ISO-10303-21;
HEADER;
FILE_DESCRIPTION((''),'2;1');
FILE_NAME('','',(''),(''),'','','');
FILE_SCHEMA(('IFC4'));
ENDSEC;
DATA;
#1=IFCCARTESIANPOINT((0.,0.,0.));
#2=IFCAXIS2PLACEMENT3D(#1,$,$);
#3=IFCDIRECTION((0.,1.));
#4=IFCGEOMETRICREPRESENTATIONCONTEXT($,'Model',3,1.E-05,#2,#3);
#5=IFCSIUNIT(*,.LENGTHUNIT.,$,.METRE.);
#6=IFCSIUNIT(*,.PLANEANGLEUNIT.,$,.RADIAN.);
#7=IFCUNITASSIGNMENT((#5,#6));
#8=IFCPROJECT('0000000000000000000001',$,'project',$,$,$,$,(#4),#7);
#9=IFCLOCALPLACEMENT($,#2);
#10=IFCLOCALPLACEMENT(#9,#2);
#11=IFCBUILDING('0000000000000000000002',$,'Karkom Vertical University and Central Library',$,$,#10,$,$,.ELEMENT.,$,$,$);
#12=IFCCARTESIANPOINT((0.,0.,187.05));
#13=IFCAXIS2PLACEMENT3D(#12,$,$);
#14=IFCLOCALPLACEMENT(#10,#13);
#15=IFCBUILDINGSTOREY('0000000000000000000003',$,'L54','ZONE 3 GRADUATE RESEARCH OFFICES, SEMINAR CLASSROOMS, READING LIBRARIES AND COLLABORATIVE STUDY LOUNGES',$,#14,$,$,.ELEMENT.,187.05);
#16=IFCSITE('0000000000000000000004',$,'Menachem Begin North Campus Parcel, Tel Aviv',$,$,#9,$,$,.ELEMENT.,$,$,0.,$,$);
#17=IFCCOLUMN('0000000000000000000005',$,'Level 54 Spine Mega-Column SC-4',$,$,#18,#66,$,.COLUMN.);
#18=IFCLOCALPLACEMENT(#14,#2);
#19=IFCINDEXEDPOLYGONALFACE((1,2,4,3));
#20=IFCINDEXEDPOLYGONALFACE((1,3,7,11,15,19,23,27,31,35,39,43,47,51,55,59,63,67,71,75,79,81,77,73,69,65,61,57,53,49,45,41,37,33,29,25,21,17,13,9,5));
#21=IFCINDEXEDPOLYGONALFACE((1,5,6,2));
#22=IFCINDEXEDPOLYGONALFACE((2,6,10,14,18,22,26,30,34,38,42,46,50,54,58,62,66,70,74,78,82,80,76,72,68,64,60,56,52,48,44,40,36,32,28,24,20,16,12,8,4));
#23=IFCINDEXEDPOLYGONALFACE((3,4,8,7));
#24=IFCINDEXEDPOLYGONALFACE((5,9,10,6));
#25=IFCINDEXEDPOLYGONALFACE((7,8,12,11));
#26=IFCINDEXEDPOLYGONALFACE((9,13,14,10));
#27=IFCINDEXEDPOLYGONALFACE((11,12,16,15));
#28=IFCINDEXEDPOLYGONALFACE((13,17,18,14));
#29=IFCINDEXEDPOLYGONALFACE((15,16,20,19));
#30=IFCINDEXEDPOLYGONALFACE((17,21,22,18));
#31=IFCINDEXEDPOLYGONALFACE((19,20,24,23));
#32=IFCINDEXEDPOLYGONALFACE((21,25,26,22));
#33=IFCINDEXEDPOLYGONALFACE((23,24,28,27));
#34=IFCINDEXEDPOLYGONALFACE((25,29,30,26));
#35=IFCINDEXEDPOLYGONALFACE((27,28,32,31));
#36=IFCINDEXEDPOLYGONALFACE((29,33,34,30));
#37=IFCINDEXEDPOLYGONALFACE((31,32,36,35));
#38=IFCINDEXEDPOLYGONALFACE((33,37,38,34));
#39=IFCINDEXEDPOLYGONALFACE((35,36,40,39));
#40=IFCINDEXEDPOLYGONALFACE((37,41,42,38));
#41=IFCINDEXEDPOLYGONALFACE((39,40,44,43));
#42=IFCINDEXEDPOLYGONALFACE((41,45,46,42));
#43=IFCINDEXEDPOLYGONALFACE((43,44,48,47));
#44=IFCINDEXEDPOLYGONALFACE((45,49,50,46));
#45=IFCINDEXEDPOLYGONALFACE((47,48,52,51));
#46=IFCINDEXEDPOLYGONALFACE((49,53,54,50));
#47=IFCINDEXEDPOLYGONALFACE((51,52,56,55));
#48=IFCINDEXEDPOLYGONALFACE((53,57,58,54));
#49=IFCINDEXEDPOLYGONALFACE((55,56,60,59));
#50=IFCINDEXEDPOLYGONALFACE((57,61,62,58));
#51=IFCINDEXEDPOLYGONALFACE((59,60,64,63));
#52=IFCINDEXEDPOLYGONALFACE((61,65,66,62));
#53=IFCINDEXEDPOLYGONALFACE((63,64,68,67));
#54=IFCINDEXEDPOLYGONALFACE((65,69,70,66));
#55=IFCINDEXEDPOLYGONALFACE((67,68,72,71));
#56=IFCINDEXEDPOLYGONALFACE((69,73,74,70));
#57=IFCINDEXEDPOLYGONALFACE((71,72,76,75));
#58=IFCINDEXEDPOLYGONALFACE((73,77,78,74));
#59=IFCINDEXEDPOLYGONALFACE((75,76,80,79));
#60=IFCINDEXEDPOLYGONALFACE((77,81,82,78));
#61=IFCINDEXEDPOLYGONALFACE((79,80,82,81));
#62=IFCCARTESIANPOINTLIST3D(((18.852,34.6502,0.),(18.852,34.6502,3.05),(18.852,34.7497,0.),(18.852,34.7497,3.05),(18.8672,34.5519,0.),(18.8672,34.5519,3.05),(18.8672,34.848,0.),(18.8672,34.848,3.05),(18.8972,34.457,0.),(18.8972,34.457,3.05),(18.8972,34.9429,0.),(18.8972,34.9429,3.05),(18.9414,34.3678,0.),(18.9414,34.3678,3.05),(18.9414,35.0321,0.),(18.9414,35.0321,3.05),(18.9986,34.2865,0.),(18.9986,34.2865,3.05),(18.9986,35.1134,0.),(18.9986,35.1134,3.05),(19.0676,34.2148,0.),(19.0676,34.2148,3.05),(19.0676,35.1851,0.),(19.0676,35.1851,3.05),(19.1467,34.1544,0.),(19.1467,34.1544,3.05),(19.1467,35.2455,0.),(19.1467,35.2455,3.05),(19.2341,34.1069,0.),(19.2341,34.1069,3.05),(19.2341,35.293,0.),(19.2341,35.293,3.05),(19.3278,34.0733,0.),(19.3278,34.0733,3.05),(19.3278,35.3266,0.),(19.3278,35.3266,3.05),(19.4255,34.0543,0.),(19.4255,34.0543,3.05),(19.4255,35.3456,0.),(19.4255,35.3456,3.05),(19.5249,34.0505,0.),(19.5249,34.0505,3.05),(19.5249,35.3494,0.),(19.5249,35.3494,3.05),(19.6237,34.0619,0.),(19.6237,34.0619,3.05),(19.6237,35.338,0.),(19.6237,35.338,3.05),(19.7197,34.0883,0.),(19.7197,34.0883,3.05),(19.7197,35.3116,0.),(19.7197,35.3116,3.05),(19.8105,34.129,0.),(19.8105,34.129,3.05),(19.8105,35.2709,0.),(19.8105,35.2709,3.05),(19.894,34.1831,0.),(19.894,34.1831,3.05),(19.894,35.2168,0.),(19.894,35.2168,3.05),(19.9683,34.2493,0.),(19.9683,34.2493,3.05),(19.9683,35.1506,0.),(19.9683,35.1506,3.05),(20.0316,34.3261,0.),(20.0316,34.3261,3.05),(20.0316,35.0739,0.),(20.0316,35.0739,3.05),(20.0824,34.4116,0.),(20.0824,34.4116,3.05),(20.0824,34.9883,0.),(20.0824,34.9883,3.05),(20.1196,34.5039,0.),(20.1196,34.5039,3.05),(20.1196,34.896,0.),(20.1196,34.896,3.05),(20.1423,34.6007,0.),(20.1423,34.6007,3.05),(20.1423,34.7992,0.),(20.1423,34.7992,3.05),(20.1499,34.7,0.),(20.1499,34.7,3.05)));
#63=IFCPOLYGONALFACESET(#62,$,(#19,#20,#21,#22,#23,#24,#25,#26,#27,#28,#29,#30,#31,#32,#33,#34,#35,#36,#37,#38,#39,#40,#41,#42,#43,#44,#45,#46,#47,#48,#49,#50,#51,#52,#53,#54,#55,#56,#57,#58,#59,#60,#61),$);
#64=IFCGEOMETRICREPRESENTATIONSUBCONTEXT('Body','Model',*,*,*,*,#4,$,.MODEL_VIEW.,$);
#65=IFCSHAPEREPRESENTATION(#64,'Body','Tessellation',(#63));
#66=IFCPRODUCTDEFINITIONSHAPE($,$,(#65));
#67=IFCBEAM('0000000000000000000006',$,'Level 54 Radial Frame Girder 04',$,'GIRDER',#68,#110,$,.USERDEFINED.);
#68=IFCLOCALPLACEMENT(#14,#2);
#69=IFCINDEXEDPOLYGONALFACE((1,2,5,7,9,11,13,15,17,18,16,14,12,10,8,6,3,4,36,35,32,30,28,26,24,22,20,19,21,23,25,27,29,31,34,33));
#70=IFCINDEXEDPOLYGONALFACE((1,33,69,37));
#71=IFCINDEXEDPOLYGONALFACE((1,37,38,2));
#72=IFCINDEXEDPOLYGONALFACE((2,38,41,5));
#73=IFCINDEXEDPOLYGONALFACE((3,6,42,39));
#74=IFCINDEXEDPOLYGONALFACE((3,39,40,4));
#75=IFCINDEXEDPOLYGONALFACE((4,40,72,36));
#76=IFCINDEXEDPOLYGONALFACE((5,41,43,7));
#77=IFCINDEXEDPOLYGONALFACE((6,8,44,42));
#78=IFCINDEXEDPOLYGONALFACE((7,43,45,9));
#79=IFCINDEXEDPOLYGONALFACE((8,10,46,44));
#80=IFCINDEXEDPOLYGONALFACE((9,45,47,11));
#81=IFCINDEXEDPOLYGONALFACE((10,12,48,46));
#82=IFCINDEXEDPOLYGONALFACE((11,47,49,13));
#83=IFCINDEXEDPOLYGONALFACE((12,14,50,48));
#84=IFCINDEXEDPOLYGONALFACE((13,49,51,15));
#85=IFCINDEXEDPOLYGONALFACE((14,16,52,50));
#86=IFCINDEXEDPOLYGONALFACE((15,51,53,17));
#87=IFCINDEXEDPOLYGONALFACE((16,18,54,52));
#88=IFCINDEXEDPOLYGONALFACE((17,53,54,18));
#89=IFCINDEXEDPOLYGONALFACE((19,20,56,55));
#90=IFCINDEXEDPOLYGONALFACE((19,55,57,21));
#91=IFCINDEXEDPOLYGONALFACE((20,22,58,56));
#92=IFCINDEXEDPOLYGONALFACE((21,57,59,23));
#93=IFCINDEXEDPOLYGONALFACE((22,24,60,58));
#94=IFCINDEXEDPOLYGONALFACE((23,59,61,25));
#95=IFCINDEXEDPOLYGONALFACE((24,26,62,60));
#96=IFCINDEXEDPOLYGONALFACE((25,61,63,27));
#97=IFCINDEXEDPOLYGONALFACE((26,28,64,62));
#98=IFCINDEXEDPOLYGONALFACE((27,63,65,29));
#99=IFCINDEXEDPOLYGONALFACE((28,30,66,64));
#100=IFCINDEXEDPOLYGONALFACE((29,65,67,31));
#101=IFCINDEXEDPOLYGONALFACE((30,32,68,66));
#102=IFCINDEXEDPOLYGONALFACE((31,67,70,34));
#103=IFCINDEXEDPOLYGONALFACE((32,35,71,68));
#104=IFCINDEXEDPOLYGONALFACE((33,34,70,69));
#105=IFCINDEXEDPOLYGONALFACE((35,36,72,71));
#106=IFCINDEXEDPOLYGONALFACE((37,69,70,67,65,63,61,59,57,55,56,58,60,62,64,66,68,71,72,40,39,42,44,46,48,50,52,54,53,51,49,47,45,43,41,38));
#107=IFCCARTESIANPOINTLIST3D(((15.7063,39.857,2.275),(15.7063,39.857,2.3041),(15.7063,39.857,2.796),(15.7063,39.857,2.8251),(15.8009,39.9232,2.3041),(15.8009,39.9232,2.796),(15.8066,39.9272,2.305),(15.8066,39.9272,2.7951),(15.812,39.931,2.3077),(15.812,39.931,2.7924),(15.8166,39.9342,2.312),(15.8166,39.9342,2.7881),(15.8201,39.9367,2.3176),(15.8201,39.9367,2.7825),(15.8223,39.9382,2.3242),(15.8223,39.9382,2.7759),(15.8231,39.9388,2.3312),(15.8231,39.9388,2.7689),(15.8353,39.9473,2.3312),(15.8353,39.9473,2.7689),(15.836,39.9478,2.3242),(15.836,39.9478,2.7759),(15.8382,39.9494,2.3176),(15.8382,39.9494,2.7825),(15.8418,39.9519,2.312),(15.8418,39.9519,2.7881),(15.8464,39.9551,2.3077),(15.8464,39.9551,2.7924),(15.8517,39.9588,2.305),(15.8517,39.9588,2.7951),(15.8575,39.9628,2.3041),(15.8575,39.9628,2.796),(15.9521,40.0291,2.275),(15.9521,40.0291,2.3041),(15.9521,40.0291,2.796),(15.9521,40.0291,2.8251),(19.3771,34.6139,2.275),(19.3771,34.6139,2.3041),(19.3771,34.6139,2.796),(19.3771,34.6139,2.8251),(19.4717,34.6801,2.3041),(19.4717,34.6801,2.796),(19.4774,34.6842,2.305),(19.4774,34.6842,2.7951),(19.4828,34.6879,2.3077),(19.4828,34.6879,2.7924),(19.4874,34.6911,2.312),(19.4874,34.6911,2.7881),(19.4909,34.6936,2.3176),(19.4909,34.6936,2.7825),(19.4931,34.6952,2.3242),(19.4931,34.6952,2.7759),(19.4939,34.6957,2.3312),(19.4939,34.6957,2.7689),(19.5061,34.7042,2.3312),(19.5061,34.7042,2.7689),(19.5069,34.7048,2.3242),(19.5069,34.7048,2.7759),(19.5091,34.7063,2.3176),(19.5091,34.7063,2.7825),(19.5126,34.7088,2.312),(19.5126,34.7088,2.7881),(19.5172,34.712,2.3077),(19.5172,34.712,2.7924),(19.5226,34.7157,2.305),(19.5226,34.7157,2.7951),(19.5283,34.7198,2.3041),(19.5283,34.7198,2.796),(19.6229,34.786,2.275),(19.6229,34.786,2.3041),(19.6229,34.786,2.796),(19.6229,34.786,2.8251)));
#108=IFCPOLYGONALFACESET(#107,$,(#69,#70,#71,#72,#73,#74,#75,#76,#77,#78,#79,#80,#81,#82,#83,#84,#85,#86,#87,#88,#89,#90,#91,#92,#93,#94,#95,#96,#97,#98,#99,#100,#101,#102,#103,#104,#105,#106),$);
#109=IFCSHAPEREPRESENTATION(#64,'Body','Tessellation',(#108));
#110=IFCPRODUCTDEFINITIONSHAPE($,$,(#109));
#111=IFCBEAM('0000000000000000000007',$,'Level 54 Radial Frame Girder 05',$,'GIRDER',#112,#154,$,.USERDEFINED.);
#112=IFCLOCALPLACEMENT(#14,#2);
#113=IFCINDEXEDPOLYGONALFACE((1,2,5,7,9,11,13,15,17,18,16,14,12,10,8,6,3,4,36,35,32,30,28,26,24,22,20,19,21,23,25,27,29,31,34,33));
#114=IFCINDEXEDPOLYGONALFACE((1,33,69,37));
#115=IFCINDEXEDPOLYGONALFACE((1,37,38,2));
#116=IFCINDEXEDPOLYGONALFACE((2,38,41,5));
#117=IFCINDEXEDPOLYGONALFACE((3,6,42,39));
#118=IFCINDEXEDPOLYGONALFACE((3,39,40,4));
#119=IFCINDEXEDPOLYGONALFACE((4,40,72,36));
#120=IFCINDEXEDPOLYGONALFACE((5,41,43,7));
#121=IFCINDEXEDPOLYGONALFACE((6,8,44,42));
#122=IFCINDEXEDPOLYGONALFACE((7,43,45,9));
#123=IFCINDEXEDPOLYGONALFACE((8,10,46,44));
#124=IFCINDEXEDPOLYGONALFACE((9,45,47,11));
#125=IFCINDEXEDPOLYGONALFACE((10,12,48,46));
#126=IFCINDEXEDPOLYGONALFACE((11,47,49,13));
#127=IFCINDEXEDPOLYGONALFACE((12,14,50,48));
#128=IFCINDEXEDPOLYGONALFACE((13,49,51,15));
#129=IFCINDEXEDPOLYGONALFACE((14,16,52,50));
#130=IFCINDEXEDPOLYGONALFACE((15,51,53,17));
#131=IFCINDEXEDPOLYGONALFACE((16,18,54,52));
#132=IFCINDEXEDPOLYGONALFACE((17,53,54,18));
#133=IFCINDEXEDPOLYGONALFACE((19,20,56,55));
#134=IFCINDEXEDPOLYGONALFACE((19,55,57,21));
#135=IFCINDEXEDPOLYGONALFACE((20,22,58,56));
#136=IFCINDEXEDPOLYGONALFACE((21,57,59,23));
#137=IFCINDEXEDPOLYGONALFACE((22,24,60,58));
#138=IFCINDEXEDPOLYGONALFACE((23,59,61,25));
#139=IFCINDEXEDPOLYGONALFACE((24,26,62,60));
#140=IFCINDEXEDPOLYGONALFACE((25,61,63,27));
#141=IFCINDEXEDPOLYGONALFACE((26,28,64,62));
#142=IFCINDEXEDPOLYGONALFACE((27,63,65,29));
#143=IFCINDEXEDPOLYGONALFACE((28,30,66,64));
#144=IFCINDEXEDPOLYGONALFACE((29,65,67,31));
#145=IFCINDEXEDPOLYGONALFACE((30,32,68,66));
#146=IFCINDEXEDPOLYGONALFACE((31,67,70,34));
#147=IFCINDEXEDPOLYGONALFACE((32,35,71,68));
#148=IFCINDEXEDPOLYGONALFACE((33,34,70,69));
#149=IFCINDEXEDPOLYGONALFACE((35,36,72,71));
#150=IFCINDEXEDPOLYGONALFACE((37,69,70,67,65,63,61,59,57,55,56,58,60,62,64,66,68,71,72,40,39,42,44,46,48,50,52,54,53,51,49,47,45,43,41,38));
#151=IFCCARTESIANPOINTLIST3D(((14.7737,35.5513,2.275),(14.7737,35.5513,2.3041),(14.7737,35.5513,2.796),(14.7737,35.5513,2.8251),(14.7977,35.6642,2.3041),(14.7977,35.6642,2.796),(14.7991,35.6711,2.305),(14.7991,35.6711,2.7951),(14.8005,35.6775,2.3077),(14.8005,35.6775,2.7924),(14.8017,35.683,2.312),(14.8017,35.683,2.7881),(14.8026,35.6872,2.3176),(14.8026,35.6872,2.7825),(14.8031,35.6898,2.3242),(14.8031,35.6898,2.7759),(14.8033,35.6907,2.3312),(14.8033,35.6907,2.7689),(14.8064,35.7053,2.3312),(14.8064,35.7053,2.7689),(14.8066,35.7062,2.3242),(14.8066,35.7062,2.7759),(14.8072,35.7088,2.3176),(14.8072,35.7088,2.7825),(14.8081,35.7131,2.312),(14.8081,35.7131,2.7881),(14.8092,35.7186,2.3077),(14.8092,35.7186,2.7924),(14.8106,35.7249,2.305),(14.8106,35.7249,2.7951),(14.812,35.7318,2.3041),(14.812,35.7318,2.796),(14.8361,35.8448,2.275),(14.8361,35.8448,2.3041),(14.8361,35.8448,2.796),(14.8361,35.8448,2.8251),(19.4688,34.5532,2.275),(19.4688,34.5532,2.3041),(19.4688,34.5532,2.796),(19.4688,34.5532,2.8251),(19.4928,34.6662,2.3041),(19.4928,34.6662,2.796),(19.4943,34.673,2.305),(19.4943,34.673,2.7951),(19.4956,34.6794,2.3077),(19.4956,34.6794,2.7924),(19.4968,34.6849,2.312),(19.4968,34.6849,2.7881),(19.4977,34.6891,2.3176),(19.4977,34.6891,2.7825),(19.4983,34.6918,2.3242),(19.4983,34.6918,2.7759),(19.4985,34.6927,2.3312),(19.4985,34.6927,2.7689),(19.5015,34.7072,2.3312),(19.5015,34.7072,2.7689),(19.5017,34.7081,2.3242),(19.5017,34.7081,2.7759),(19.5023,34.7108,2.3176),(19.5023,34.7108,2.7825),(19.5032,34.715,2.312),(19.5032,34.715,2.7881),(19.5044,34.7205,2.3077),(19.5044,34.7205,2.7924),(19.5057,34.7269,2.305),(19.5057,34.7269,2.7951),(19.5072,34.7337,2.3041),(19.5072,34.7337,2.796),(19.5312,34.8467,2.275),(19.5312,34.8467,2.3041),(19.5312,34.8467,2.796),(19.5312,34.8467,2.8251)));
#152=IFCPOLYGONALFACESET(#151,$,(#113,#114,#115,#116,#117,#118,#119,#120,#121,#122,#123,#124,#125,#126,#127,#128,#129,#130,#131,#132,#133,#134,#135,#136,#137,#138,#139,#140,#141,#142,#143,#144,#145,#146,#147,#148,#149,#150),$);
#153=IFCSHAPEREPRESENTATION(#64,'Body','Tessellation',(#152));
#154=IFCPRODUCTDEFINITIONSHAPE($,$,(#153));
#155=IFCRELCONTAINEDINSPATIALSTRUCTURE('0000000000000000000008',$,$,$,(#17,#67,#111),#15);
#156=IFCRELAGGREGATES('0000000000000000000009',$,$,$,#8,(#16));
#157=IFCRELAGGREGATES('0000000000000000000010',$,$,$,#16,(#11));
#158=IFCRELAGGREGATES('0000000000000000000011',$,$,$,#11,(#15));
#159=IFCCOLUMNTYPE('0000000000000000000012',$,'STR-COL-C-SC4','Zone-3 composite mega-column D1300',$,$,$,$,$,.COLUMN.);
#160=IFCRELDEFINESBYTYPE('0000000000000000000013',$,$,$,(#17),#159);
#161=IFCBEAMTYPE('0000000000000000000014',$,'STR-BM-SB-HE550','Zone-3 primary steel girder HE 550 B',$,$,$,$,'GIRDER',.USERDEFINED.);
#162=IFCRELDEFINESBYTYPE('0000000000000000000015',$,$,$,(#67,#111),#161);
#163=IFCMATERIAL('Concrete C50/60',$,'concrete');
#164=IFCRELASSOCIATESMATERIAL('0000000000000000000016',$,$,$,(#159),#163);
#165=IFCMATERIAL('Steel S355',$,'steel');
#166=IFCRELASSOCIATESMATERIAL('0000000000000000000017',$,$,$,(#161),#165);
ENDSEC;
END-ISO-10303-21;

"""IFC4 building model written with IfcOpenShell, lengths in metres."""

from ifc_helpers import new_model, si_unit, direction, frame, origin, origin_with_axes, origin_2d, place, context, subcontext, project, spatial, circle, i_section, extrude, source, transform, mapped, material, material_profile, profile_set, type_object, element, save


model = new_model("IFC4")

# Units and contexts
model_context = context("Model", 3, precision=1e-05, world=origin(), true_north=direction((0.0, 1.0)))
body_context = subcontext(model_context, "Body", "Model", "MODEL_VIEW")
ifc_project = project(units=[si_unit("LENGTHUNIT", "METRE"), si_unit("PLANEANGLEUNIT", "RADIAN")], contexts=[model_context])

# Site, building, storey
site_placement = place(None, origin())
site = spatial("IfcSite", under=ifc_project, at=site_placement, Name="Menachem Begin North Campus Parcel, Tel Aviv", CompositionType="ELEMENT", RefElevation=0.0)
building_placement = place(site_placement, origin())
building = spatial("IfcBuilding", under=site, at=building_placement, Name="Karkom Vertical University and Central Library", CompositionType="ELEMENT")
storey_placement = place(building_placement, frame((0.0, 0.0, 187.05)))
storey = spatial("IfcBuildingStorey", under=building, at=storey_placement, Name="L54", Description="ZONE 3 GRADUATE RESEARCH OFFICES, SEMINAR CLASSROOMS, READING LIBRARIES AND COLLABORATIVE STUDY LOUNGES", CompositionType="ELEMENT", Elevation=187.05)

# Column
ifc_material_1 = material(Name="Concrete C50/60", Category="concrete")
ifc_material_profile_1 = material_profile(ifc_material_1, circle(Radius=0.6499, at=origin_2d()), Name="CFT-D1300")
ifc_profile_set_1 = profile_set([ifc_material_profile_1], Name="Concrete C50/60")
column_type = type_object("IfcColumnType", Name="STR-COL-C-SC4", Description="Zone-3 composite mega-column D1300", PredefinedType="COLUMN", material=ifc_profile_set_1)
shared_shape_1 = source(origin_with_axes(), body_context, "Body", "SweptSolid", [
    extrude(circle(Radius=0.6499, at=origin_2d()), origin(), (0.0, 0.0, 1.0), 3.05),
])
column_placement = place(storey_placement, frame((19.5, 34.7, 0.0), z_axis=(0.0, 0.0, 1.0), x_axis=(1.0, 0.0, 0.0)))
element("IfcColumn", 1, at=column_placement, inside=storey, type_object=column_type, Name="Level 54 Spine Mega-Column SC-4", PredefinedType="COLUMN", context=body_context, shape_type="MappedRepresentation", body=[
    mapped(shared_shape_1, transform((0.0, 0.0, 0.0), scale=1.0)),
])

# Beams
ifc_material_2 = material(Name="Steel S355", Category="steel")
ifc_material_profile_2 = material_profile(ifc_material_2, i_section(OverallWidth=0.3, OverallDepth=0.55, WebThickness=0.0149, FlangeThickness=0.0291, FilletRadius=0.0271, at=origin_2d()), Name="HE 550 B")
ifc_profile_set_2 = profile_set([ifc_material_profile_2], Name="Steel S355")
beam_type = type_object("IfcBeamType", Name="STR-BM-SB-HE550", Description="Zone-3 primary steel girder HE 550 B", ElementType="GIRDER", PredefinedType="USERDEFINED", material=ifc_profile_set_2)
shared_shape_2 = source(origin_with_axes(), body_context, "Body", "SweptSolid", [
    extrude(i_section(OverallWidth=0.3, OverallDepth=0.55, WebThickness=0.0149, FlangeThickness=0.0291, FilletRadius=0.0271, at=origin_2d()), origin(), (0.0, 0.0, 1.0), 6.4004),
])
beam_1_placement = place(storey_placement, frame((19.5, 34.7, 2.55), z_axis=(-0.573534, 0.819182, 0.0), x_axis=(-0.819182, -0.573534, 0.0)))
element("IfcBeam", 2, at=beam_1_placement, inside=storey, type_object=beam_type, Name="Level 54 Radial Frame Girder 04", ObjectType="GIRDER", PredefinedType="USERDEFINED", context=body_context, shape_type="MappedRepresentation", body=[
    mapped(shared_shape_2, transform((0.0, 0.0, 0.0), scale=1.0)),
])
shared_shape_3 = source(origin_with_axes(), body_context, "Body", "SweptSolid", [
    extrude(i_section(OverallWidth=0.3, OverallDepth=0.55, WebThickness=0.0149, FlangeThickness=0.0291, FilletRadius=0.0271, at=origin_2d()), origin(), (0.0, 0.0, 1.0), 4.8),
])
beam_2_placement = place(storey_placement, frame((19.5, 34.7, 2.55), z_axis=(-0.978144, 0.207927, 0.0), x_axis=(-0.207927, -0.978144, 0.0)))
element("IfcBeam", 3, at=beam_2_placement, inside=storey, type_object=beam_type, Name="Level 54 Radial Frame Girder 05", ObjectType="GIRDER", PredefinedType="USERDEFINED", context=body_context, shape_type="MappedRepresentation", body=[
    mapped(shared_shape_3, transform((0.0, 0.0, 0.0), scale=1.0)),
])

save(model, "model.ifc")
